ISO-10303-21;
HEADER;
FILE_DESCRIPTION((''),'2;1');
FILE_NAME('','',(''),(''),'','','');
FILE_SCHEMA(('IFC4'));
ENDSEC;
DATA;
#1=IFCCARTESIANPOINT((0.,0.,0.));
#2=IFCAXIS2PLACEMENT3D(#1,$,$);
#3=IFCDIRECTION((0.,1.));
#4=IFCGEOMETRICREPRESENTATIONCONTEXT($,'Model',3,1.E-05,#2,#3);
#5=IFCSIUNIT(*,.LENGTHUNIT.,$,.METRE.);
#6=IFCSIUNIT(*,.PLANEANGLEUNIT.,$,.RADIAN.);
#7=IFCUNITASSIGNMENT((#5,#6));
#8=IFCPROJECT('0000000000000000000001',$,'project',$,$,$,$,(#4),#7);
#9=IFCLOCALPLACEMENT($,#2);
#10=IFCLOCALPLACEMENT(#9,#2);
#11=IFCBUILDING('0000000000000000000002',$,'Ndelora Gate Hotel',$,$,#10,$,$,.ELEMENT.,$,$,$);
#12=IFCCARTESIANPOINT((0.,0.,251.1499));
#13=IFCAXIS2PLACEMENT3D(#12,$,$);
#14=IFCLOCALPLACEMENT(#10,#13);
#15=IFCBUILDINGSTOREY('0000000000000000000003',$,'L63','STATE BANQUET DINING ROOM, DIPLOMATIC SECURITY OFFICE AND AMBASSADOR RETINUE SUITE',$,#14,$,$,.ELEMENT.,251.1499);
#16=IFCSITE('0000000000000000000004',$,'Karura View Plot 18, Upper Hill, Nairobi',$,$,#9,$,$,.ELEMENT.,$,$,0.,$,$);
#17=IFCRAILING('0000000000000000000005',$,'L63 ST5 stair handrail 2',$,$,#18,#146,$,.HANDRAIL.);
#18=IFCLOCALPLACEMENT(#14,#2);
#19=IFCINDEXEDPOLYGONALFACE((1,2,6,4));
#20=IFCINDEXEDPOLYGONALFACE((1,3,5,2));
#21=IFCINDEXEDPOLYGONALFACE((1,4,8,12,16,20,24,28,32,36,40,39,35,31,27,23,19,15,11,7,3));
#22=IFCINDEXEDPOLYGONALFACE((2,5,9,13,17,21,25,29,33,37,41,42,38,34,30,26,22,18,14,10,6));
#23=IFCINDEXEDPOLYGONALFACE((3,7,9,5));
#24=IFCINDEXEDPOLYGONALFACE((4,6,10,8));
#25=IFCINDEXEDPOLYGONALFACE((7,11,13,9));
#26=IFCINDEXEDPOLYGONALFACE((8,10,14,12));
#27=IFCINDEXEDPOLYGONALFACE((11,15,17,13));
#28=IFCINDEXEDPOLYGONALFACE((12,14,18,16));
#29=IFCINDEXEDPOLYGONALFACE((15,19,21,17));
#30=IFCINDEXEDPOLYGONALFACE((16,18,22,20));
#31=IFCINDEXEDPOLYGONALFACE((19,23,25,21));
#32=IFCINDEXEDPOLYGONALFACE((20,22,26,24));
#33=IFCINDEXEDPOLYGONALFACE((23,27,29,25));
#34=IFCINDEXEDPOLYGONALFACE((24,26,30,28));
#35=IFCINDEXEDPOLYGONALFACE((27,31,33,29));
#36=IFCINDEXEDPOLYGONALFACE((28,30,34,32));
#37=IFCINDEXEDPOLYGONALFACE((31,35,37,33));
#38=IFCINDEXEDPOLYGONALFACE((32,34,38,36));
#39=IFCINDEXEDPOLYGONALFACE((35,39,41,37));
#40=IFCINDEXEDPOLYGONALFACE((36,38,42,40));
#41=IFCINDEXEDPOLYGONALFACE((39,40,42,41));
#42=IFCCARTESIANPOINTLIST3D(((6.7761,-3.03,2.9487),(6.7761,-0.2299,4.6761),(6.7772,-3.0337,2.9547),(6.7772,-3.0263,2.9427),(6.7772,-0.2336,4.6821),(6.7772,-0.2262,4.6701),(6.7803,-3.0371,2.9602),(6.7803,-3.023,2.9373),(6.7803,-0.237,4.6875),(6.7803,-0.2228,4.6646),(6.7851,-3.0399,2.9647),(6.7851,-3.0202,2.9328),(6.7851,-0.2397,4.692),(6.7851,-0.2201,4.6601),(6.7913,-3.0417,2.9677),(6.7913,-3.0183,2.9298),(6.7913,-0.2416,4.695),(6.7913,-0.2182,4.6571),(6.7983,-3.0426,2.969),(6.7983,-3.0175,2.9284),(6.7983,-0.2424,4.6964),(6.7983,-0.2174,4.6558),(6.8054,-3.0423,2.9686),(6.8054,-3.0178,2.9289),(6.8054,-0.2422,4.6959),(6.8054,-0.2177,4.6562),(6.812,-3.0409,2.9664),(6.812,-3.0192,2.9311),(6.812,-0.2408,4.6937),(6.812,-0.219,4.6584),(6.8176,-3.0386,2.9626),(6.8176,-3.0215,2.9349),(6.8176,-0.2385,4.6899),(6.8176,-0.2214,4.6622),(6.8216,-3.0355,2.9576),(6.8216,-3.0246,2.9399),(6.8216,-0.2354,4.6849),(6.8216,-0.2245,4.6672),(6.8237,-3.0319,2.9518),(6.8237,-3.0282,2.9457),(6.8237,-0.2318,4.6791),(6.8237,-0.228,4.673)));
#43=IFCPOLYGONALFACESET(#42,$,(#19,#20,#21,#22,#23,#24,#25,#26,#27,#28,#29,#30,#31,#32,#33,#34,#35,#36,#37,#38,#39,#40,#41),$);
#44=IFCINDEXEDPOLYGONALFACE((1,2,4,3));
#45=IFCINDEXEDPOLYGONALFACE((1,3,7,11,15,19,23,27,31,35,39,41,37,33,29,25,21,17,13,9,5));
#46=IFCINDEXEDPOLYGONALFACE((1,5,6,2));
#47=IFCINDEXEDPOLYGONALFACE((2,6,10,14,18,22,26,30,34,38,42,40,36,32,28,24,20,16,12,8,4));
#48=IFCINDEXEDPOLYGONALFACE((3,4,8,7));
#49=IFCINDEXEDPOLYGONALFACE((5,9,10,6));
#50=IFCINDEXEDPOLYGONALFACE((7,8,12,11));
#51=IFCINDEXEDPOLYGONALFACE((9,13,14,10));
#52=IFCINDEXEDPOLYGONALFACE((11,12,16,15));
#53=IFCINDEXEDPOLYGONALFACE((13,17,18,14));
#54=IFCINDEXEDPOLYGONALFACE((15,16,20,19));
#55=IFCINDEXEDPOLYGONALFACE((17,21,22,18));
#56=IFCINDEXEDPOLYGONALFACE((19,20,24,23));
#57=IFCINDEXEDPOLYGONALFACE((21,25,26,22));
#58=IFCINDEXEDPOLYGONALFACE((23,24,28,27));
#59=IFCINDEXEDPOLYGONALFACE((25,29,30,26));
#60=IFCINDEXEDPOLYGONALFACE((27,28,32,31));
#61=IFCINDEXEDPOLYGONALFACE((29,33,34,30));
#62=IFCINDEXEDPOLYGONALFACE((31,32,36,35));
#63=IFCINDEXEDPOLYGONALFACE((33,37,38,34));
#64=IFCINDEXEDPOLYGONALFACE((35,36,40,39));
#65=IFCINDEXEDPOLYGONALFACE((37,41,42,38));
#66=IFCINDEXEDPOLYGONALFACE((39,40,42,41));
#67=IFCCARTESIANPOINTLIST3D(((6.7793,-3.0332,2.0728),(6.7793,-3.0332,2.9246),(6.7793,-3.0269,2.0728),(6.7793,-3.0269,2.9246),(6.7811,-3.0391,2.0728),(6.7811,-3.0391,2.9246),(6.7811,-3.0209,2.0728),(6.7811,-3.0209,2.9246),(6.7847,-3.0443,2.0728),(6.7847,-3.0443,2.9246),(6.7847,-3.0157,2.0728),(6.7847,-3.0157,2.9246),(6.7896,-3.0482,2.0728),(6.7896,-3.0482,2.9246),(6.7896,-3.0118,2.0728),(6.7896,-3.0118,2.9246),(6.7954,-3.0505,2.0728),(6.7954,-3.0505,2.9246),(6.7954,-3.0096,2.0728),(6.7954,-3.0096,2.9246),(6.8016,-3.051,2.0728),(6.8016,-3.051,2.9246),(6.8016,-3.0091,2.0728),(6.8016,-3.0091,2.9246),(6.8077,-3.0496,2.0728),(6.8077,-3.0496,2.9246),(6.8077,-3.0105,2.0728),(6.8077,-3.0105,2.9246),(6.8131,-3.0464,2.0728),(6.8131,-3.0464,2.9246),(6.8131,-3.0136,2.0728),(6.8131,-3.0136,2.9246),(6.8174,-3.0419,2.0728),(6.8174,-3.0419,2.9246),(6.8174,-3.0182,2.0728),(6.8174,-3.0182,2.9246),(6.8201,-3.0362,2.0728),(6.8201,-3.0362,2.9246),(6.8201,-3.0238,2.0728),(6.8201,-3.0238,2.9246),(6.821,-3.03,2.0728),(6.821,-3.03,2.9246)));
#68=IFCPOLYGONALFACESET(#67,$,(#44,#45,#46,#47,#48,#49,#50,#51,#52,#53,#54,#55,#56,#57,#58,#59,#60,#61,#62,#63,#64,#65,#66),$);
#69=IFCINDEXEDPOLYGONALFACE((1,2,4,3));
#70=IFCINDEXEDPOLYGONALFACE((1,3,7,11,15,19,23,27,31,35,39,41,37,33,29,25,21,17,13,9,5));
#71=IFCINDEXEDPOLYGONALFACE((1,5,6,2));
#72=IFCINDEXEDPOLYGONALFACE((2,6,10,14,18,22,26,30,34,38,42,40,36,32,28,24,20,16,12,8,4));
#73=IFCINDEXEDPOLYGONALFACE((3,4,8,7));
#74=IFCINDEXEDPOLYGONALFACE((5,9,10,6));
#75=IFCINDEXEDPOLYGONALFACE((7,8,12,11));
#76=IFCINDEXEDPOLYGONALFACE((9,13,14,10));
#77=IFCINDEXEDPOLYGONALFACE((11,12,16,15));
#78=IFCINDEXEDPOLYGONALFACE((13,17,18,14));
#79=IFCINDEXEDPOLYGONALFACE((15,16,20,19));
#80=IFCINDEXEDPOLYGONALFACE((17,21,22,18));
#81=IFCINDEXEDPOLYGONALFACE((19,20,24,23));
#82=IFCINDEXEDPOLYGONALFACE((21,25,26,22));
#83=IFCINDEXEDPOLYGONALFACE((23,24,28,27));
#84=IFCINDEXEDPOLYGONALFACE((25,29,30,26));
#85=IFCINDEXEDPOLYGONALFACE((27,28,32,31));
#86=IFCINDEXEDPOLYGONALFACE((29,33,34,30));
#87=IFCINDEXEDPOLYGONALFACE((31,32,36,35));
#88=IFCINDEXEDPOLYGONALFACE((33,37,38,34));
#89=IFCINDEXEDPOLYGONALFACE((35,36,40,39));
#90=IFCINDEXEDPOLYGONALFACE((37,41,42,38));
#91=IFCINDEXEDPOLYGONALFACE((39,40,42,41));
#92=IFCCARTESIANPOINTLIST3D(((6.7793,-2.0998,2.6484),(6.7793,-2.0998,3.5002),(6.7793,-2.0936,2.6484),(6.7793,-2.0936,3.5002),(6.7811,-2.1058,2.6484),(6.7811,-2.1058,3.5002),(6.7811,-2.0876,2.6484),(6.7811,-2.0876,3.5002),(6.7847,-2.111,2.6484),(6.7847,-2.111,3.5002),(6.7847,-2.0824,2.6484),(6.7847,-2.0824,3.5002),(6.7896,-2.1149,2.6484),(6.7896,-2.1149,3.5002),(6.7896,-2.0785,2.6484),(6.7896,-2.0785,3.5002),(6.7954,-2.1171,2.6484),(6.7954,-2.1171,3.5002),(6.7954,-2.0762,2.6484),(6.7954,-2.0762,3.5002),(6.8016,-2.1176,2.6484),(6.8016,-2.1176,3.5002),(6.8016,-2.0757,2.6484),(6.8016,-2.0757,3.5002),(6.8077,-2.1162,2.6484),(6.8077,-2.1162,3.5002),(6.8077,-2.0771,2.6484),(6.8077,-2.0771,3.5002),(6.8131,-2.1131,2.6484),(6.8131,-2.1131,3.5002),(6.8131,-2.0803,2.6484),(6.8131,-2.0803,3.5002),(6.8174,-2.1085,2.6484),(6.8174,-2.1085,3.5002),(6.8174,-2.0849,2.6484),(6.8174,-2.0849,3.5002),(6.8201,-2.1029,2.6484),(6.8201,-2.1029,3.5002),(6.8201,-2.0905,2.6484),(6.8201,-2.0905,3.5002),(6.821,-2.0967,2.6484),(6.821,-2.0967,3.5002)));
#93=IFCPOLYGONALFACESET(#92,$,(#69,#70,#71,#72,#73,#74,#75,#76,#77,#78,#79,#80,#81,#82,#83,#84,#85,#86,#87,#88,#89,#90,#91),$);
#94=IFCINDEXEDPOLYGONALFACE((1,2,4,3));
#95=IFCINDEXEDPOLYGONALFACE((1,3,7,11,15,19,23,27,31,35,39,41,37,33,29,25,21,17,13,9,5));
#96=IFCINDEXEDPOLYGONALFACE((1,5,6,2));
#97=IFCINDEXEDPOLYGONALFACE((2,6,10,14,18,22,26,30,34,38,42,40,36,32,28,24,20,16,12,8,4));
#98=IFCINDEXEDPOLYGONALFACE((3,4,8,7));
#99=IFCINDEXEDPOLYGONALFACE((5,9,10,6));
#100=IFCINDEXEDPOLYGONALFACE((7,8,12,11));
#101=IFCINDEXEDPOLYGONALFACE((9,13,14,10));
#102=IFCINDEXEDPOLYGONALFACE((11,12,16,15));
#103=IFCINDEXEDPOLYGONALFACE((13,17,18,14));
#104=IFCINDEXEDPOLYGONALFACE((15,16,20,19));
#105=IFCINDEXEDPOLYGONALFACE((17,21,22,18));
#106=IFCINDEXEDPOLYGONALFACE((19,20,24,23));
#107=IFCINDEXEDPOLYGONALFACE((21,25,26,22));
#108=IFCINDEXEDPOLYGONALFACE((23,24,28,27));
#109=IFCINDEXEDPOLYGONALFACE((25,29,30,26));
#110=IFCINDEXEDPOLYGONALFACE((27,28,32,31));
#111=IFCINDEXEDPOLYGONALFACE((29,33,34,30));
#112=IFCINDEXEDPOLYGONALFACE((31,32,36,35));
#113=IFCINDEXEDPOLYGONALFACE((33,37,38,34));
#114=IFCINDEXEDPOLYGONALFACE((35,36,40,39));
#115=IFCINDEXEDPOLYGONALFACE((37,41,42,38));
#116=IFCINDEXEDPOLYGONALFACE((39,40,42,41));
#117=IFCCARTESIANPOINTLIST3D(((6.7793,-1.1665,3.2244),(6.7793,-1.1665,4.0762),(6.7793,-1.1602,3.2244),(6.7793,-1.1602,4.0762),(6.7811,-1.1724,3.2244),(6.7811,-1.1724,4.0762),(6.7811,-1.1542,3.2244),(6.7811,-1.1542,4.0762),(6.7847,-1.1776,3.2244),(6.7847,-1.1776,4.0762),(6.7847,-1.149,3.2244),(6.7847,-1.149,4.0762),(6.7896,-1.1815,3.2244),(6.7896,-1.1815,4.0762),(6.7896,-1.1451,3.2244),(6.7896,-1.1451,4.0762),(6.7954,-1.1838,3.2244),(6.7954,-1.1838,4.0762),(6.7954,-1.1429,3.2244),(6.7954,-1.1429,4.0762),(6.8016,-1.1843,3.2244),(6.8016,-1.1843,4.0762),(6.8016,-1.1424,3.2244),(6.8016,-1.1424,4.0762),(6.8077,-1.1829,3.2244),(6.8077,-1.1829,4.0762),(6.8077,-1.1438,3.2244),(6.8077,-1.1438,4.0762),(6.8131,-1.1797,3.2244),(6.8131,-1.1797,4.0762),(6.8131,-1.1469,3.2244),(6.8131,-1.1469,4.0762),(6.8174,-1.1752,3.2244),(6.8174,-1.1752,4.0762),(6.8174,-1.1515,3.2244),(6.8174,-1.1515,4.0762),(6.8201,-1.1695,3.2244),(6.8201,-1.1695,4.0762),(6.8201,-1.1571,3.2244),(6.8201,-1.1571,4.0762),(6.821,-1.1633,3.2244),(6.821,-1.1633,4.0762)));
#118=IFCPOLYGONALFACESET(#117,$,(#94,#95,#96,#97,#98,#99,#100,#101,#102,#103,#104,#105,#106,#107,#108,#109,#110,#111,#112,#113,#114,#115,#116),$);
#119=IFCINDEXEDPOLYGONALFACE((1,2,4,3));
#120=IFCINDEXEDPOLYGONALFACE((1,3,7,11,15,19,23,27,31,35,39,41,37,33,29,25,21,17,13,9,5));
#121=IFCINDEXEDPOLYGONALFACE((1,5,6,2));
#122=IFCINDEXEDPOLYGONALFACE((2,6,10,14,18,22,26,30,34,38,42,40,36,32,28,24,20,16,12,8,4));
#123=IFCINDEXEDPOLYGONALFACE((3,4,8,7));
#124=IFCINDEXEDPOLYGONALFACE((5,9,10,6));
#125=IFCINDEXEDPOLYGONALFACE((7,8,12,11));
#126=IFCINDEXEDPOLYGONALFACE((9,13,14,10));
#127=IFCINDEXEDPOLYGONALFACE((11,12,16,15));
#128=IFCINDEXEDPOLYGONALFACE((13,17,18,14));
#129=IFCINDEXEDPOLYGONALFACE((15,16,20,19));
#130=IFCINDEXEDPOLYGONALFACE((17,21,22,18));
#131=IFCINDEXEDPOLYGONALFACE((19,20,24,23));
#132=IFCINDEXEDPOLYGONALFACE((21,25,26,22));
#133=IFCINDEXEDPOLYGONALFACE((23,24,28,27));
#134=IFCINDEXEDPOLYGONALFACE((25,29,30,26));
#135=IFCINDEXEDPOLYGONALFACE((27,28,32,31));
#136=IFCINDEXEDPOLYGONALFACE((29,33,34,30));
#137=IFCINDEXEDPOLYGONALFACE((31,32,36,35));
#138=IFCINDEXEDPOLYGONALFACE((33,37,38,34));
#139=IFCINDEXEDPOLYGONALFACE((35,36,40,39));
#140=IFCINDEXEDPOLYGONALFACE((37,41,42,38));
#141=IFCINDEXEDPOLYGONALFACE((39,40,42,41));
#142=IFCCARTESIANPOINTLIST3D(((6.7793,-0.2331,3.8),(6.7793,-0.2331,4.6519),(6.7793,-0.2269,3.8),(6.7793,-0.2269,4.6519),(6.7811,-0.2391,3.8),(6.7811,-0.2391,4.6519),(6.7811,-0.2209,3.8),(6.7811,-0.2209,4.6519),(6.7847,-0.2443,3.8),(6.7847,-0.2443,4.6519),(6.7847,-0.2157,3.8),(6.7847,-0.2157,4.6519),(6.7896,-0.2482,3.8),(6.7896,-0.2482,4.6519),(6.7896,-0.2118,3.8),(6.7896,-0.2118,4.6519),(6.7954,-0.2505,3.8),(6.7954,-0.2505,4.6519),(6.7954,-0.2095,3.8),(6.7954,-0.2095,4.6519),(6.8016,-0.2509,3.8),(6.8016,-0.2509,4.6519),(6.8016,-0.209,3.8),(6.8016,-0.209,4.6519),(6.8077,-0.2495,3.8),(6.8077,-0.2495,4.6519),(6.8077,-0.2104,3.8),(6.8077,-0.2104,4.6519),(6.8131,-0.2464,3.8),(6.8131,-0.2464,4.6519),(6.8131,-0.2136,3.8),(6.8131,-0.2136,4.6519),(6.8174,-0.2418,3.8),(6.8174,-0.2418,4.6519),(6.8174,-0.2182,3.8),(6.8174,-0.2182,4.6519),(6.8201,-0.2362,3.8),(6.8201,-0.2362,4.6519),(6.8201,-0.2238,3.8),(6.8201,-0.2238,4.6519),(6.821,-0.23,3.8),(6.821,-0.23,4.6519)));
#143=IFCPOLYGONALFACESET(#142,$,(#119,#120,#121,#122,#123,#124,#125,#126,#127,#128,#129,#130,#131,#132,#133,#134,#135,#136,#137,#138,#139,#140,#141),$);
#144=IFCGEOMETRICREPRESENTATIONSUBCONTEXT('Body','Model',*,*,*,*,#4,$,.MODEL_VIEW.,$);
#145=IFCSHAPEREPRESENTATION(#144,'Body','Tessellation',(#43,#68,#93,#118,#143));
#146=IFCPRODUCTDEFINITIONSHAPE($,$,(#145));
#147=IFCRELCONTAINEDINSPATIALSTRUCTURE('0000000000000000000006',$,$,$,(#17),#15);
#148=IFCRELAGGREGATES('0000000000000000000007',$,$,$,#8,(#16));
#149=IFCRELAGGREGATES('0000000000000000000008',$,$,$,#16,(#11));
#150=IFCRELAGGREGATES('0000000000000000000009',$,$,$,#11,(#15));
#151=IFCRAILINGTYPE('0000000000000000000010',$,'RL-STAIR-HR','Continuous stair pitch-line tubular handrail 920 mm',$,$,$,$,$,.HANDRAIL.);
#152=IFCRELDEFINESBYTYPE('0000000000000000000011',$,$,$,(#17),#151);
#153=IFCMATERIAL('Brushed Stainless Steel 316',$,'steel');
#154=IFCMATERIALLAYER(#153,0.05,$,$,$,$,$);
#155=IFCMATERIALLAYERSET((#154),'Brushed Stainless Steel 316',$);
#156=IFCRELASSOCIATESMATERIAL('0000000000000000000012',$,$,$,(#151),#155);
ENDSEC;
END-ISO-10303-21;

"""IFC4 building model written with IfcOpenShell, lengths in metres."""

from ifc_helpers import new_model, si_unit, direction, frame, origin, origin_2d, place, context, subcontext, project, spatial, circle, extrude, material, layer, layer_set, type_object, element, save


model = new_model("IFC4")

# Units and contexts
model_context = context("Model", 3, precision=1e-05, world=origin(), true_north=direction((0.0, 1.0)))
body_context = subcontext(model_context, "Body", "Model", "MODEL_VIEW")
ifc_project = project(units=[si_unit("LENGTHUNIT", "METRE"), si_unit("PLANEANGLEUNIT", "RADIAN")], contexts=[model_context])

# Site, building, storey
site_placement = place(None, origin())
site = spatial("IfcSite", under=ifc_project, at=site_placement, Name="Karura View Plot 18, Upper Hill, Nairobi", CompositionType="ELEMENT", RefElevation=0.0)
building_placement = place(site_placement, origin())
building = spatial("IfcBuilding", under=site, at=building_placement, Name="Ndelora Gate Hotel", CompositionType="ELEMENT")
storey_placement = place(building_placement, frame((0.0, 0.0, 251.1499)))
storey = spatial("IfcBuildingStorey", under=building, at=storey_placement, Name="L63", Description="STATE BANQUET DINING ROOM, DIPLOMATIC SECURITY OFFICE AND AMBASSADOR RETINUE SUITE", CompositionType="ELEMENT", Elevation=251.1499)

# Railing
ifc_material_1 = material(Name="Brushed Stainless Steel 316", Category="steel")
ifc_layer_1 = layer(ifc_material_1, 0.05)
ifc_layer_set_1 = layer_set([ifc_layer_1], Name="Brushed Stainless Steel 316")
railing_type_1 = type_object("IfcRailingType", Name="RL-STAIR-HR", Description="Continuous stair pitch-line tubular handrail 920 mm", PredefinedType="HANDRAIL", material=ifc_layer_set_1)
railing_1_placement = place(storey_placement, frame((6.8, -3.03, 2.0728)))
element("IfcRailing", 1, at=railing_1_placement, inside=storey, type_object=railing_type_1, Name="L63 ST5 stair handrail 2", PredefinedType="HANDRAIL", context=body_context, shape_type="SweptSolid", body=[
    extrude(circle(Radius=0.0239, at=origin_2d()), frame((0.0, 0.0, 0.876), z_axis=(0.0, 0.85109, 0.52502), x_axis=(-1.0, 0.0, 0.0)), (0.0, 0.0, 1.0), 3.29),
    extrude(circle(Radius=0.021, at=origin_2d()), origin(), (0.0, 0.0, 1.0), 0.8518),
    extrude(circle(Radius=0.021, at=origin_2d()), frame((0.0, 0.9333, 0.5757)), (0.0, 0.0, 1.0), 0.8518),
    extrude(circle(Radius=0.021, at=origin_2d()), frame((0.0, 1.8667, 1.1516)), (0.0, 0.0, 1.0), 0.8518),
    extrude(circle(Radius=0.021, at=origin_2d()), frame((0.0, 2.8, 1.7273)), (0.0, 0.0, 1.0), 0.8518),
])

save(model, "model.ifc")
